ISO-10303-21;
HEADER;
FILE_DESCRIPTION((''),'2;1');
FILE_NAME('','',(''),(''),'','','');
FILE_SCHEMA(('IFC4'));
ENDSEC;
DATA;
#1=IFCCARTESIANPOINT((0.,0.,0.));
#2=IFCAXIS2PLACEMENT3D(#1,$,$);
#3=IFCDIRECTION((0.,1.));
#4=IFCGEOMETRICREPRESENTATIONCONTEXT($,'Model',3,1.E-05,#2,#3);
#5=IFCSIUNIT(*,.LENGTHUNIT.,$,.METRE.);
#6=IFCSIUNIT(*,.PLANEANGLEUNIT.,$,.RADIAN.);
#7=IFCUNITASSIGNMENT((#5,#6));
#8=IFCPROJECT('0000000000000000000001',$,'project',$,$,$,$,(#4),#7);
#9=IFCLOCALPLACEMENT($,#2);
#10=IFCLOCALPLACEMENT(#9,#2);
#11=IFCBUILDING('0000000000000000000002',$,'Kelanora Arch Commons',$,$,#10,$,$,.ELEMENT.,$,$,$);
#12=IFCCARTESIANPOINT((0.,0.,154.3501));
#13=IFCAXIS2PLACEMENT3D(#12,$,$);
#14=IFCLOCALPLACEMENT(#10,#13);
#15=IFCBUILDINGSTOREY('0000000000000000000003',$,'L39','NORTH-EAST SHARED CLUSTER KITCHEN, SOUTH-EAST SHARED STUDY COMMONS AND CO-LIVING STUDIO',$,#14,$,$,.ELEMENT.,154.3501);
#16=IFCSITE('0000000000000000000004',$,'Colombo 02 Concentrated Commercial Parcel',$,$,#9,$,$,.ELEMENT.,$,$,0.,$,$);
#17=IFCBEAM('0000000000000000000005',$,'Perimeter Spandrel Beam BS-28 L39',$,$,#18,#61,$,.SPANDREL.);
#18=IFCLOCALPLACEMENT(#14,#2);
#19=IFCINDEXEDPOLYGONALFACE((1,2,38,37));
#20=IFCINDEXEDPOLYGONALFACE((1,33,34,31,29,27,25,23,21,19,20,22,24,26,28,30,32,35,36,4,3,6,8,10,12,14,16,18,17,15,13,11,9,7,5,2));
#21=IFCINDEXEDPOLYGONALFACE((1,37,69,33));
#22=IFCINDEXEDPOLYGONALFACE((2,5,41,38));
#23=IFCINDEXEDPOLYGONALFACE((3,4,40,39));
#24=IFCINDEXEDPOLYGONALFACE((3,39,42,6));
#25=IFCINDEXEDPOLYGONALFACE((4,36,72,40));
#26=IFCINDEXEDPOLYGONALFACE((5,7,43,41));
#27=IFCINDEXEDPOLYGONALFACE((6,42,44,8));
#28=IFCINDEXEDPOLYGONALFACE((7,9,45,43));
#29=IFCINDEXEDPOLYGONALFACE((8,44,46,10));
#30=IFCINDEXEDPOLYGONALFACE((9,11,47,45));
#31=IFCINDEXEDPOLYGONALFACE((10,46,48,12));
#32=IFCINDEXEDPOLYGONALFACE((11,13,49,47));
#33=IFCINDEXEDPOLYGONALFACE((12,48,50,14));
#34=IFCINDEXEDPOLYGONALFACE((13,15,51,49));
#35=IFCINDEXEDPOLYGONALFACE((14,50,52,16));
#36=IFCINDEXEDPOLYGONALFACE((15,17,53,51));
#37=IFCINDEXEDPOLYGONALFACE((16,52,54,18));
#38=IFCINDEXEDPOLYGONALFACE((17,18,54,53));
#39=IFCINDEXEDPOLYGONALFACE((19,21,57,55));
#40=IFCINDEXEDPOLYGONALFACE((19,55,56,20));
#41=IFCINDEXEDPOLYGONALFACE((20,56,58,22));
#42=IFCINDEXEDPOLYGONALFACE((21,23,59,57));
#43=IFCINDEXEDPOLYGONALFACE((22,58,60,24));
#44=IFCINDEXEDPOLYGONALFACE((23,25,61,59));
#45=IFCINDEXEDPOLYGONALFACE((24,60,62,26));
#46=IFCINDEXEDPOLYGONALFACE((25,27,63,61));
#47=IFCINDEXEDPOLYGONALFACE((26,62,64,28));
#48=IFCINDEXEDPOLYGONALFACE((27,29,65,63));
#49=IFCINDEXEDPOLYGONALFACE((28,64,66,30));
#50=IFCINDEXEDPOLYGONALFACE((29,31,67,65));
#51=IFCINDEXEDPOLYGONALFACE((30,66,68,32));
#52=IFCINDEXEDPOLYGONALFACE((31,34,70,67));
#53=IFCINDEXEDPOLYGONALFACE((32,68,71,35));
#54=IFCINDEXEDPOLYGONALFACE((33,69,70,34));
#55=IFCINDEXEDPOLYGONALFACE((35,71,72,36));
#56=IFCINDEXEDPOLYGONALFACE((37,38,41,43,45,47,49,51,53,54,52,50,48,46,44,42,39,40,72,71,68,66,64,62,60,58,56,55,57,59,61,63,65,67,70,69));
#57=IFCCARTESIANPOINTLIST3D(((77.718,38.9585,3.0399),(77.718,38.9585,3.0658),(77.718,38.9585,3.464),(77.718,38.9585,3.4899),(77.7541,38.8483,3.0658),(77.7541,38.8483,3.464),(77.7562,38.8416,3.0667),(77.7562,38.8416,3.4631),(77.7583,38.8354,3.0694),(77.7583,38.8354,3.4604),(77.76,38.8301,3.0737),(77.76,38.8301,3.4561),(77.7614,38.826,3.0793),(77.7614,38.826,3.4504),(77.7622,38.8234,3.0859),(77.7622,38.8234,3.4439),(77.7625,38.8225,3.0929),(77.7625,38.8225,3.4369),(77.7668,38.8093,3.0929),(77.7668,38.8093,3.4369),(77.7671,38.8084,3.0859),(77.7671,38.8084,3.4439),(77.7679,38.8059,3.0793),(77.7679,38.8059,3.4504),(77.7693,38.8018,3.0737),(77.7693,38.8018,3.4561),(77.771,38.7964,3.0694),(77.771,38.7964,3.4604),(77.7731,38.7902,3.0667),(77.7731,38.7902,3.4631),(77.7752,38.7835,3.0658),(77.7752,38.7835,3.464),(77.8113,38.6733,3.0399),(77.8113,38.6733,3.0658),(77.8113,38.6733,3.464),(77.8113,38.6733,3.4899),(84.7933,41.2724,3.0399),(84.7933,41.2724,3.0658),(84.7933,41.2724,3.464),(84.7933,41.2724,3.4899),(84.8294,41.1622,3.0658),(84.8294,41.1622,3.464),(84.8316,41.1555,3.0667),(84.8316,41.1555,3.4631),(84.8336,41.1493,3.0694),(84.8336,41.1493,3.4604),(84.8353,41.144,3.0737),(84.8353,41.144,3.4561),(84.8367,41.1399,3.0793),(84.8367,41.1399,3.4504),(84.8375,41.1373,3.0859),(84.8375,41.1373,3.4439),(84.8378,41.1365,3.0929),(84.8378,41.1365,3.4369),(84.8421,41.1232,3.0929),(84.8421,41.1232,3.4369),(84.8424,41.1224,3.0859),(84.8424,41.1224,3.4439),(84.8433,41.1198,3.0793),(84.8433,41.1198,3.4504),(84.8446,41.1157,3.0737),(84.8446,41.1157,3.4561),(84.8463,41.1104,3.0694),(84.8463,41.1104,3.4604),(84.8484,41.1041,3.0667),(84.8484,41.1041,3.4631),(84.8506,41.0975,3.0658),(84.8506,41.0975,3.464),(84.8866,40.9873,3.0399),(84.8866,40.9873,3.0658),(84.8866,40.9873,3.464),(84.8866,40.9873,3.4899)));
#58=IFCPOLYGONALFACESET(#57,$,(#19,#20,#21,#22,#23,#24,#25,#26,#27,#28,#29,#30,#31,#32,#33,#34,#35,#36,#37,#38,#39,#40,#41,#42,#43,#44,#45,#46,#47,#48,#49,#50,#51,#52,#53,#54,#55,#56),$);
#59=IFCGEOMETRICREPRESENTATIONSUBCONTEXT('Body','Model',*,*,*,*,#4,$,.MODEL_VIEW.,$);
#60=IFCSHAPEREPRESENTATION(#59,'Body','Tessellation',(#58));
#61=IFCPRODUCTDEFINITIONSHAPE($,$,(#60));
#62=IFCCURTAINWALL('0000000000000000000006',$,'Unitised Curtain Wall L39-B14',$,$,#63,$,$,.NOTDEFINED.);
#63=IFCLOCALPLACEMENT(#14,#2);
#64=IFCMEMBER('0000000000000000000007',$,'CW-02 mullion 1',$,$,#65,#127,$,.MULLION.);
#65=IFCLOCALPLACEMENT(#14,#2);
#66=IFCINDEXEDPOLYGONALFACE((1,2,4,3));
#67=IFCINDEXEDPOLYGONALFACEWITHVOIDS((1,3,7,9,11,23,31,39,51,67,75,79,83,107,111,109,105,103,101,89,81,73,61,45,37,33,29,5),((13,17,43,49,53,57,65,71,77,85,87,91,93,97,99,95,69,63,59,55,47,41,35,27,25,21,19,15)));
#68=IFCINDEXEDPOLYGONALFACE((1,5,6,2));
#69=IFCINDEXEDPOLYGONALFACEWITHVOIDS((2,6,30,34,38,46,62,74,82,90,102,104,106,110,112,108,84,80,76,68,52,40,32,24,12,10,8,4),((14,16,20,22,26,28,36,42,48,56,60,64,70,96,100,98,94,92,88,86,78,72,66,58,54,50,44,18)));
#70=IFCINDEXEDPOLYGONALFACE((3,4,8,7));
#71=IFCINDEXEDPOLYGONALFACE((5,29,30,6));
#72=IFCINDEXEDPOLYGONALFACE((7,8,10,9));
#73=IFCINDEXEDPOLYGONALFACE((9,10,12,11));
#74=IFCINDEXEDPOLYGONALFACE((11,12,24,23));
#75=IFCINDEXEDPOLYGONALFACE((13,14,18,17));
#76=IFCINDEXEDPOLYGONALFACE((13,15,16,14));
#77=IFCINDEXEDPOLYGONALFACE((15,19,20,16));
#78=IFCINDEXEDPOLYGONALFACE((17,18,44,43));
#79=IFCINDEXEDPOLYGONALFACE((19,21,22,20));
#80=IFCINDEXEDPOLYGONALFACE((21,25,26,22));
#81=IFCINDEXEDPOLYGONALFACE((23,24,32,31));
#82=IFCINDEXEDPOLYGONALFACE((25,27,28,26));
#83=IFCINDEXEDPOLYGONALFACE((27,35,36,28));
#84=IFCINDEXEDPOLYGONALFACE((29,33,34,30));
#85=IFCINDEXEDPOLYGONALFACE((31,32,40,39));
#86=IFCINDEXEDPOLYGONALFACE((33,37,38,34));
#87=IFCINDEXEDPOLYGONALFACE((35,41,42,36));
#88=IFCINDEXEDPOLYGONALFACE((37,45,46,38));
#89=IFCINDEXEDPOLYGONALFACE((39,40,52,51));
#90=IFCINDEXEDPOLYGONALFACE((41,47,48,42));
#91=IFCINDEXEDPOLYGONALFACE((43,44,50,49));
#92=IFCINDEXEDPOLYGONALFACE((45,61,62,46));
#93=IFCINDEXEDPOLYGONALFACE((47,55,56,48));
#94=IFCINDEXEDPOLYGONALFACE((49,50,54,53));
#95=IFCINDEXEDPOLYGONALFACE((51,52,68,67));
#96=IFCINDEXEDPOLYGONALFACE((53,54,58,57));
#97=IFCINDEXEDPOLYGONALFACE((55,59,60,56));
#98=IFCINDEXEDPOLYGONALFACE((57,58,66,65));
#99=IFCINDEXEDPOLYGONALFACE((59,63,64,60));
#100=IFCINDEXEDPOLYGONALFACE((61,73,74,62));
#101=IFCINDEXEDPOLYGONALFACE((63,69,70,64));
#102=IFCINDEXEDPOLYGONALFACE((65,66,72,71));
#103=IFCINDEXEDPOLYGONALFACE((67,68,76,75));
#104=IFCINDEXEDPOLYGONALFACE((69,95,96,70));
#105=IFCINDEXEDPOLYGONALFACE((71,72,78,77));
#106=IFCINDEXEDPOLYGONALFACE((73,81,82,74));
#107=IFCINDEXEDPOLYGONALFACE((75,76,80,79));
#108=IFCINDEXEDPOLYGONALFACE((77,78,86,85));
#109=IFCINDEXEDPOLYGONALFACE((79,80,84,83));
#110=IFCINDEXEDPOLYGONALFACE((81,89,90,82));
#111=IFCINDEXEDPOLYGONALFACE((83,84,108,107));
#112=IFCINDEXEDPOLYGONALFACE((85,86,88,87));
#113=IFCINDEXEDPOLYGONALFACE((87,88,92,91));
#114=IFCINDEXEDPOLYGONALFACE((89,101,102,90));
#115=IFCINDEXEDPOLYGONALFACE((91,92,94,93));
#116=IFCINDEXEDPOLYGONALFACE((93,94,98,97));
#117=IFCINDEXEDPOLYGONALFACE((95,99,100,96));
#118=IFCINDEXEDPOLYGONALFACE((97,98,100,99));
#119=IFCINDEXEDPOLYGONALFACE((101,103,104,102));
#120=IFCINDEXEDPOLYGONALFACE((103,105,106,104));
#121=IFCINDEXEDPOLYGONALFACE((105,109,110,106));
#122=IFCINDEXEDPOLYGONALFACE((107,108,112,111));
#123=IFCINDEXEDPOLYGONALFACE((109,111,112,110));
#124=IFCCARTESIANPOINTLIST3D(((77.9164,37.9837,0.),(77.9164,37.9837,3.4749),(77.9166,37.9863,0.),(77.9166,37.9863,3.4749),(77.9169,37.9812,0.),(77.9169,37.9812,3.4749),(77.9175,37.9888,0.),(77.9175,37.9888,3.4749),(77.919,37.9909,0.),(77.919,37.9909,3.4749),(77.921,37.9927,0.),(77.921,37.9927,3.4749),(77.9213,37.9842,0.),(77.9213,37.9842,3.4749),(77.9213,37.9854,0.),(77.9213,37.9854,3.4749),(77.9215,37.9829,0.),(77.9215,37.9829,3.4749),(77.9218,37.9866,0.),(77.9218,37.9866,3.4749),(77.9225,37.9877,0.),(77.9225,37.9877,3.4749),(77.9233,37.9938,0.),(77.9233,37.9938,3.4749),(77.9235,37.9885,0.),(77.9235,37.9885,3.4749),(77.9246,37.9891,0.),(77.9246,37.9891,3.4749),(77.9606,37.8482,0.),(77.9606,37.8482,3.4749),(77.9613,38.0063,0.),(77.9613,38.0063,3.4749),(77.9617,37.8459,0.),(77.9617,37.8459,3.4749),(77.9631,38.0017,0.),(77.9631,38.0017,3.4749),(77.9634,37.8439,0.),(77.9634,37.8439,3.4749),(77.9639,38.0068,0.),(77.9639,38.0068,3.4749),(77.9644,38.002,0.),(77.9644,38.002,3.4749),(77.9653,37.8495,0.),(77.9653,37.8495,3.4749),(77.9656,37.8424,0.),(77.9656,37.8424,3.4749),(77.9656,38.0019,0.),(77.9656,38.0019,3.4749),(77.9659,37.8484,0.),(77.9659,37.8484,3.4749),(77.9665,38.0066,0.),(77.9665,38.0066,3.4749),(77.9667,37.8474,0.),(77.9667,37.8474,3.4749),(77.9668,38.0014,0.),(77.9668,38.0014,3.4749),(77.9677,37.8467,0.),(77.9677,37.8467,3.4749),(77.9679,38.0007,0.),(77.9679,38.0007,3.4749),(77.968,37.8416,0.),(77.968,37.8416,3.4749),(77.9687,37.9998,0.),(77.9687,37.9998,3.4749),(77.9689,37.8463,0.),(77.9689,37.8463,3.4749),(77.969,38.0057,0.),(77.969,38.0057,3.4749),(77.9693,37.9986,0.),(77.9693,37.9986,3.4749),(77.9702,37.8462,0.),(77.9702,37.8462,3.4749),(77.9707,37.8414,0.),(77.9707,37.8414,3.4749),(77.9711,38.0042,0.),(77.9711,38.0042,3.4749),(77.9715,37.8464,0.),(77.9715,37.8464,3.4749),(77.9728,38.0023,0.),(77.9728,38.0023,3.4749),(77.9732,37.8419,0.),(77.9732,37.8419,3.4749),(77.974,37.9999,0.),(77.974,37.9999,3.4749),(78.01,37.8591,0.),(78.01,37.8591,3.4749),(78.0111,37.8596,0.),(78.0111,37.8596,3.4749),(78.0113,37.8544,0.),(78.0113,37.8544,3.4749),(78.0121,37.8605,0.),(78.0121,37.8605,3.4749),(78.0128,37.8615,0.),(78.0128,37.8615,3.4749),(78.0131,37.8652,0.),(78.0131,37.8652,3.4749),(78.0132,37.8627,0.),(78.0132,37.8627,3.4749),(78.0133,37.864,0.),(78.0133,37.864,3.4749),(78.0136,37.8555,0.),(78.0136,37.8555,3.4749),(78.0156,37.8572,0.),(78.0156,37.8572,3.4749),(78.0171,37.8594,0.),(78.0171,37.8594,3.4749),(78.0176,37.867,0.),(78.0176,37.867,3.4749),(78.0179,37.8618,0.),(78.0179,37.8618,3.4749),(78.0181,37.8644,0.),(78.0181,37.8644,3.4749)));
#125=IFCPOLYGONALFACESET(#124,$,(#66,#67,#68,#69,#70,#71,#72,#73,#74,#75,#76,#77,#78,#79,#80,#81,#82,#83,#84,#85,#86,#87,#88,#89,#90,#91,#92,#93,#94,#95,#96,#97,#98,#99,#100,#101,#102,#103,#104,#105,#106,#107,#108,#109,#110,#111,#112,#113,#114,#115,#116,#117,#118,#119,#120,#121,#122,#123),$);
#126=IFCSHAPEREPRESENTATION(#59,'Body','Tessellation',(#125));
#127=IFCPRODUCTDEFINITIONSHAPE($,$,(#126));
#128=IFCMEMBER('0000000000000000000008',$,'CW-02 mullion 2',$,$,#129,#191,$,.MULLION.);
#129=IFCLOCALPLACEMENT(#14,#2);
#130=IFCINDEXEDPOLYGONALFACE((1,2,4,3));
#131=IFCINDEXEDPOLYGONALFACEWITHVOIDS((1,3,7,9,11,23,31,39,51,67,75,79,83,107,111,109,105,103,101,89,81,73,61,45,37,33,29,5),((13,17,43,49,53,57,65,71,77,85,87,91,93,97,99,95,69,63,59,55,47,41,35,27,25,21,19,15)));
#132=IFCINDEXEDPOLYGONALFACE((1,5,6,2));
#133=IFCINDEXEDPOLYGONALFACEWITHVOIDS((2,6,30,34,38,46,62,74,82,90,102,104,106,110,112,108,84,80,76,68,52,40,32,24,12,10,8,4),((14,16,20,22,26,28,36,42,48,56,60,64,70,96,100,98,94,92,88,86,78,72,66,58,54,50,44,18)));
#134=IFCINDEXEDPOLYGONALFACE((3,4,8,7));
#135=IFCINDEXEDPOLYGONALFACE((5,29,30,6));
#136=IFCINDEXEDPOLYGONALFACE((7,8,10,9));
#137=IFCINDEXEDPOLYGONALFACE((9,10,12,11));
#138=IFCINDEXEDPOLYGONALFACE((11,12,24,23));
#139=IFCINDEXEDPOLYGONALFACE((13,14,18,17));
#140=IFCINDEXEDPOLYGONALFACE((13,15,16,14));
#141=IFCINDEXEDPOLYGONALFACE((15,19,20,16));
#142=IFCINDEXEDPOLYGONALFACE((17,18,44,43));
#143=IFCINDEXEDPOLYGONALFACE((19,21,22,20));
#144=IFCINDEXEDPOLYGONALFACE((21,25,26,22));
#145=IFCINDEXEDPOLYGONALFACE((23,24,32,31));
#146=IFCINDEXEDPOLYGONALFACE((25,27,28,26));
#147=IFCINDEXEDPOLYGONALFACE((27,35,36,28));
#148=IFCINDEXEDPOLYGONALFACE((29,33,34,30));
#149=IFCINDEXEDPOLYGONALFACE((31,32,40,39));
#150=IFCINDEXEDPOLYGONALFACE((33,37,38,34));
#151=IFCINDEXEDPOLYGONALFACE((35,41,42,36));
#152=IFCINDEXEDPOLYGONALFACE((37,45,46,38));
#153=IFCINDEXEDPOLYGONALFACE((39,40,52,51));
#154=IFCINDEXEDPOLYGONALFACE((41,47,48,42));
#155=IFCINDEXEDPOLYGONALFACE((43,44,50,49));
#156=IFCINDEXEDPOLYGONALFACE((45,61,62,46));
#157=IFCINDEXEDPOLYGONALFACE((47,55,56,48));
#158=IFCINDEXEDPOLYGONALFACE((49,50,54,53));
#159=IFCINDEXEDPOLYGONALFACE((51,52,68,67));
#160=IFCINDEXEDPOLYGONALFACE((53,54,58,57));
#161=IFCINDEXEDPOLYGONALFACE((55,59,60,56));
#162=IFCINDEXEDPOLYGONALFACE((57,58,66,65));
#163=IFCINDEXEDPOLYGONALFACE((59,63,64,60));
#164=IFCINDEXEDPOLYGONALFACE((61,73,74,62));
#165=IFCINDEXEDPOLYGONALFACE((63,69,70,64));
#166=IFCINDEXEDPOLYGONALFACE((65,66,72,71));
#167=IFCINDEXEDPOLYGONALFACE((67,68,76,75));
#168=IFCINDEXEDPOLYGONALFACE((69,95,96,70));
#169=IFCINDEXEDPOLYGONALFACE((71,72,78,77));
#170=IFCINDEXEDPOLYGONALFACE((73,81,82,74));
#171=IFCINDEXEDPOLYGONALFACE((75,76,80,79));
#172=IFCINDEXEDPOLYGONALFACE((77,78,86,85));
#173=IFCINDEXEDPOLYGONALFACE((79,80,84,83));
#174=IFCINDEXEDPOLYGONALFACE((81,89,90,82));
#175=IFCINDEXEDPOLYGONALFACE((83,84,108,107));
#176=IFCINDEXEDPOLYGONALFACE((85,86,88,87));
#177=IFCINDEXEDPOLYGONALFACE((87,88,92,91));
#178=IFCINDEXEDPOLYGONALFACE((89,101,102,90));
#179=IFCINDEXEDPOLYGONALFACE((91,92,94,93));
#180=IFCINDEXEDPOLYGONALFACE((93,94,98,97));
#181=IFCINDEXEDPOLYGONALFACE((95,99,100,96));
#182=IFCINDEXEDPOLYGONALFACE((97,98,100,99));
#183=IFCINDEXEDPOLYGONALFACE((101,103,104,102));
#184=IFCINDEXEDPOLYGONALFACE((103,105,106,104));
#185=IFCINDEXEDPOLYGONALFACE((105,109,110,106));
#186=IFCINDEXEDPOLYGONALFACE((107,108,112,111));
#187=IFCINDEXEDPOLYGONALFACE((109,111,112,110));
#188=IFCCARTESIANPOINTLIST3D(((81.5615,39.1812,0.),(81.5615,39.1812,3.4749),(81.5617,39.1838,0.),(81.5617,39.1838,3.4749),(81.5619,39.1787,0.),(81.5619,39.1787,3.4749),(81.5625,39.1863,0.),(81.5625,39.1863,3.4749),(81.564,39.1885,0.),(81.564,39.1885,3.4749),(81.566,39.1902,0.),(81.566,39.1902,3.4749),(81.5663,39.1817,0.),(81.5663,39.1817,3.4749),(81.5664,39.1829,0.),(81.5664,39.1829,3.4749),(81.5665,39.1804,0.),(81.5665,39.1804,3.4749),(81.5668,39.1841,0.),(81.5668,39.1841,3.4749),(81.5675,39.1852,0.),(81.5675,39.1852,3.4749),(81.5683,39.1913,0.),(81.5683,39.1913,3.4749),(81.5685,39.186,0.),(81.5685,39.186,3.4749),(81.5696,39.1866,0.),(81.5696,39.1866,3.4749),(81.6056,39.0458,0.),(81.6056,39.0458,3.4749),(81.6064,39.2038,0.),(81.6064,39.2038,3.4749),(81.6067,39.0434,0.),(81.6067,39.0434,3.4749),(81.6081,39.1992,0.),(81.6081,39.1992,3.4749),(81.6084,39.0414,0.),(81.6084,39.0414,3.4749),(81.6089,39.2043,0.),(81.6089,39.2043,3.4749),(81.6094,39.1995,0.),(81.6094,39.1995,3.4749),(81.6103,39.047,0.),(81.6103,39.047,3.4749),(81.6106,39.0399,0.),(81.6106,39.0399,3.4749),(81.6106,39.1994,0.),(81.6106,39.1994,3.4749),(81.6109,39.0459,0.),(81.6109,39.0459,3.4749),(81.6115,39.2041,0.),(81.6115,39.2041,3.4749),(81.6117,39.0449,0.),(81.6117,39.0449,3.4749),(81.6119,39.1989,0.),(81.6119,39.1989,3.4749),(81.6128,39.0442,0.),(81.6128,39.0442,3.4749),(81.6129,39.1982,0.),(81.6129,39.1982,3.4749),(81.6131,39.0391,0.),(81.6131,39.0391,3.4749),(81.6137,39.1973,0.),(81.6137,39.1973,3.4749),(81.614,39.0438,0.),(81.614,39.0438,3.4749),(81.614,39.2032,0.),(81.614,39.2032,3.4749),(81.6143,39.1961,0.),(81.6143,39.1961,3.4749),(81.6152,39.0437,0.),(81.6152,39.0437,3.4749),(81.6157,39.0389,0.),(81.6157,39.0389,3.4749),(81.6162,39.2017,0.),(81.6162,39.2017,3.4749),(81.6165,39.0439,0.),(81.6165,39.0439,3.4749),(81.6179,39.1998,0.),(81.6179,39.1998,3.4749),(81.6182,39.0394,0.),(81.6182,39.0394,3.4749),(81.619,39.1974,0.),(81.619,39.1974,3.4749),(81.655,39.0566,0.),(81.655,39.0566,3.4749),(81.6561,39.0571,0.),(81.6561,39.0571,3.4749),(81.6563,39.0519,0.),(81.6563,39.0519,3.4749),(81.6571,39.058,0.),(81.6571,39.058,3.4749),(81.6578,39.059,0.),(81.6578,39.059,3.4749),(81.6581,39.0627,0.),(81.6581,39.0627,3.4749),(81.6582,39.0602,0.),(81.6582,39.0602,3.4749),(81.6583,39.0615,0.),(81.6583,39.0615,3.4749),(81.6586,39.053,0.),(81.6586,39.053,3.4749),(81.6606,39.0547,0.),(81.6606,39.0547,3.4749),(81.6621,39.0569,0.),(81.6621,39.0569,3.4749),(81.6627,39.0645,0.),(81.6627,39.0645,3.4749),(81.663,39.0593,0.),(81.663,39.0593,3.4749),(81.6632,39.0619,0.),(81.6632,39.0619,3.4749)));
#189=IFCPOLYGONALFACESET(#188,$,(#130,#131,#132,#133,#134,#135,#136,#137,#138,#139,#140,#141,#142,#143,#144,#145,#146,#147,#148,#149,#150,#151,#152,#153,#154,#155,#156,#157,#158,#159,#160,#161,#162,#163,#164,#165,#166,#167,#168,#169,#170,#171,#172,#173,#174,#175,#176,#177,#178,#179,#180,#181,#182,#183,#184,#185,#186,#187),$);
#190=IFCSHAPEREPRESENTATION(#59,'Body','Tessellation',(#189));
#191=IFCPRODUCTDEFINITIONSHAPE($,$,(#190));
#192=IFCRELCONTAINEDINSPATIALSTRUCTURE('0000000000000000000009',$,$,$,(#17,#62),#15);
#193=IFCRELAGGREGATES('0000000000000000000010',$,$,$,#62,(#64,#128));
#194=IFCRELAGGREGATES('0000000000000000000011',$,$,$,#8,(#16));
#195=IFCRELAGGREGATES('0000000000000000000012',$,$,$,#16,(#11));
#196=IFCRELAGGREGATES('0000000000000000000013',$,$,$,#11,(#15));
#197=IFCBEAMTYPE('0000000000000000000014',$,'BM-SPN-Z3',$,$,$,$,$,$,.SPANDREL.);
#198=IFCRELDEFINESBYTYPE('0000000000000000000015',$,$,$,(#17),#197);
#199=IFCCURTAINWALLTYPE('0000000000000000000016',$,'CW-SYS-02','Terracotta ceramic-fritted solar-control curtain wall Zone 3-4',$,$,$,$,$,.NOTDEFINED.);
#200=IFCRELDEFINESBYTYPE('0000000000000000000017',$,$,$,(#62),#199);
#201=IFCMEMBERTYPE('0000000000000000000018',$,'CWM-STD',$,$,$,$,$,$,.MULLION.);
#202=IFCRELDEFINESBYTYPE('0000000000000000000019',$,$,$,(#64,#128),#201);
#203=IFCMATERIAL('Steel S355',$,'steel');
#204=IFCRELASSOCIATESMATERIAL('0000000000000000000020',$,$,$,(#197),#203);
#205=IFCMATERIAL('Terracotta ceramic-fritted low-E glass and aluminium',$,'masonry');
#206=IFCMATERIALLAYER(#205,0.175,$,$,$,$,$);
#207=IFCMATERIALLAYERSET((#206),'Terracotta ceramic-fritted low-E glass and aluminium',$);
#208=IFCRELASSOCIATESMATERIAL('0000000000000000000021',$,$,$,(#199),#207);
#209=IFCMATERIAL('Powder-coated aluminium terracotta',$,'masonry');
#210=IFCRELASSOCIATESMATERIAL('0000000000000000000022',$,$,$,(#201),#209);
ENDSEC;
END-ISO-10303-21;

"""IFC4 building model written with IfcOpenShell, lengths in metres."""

from ifc_helpers import new_model, si_unit, direction, frame, origin, origin_2d, place, context, subcontext, project, spatial, hollow_rectangle, i_section, extrude, material, layer, layer_set, material_profile, profile_set, type_object, element, aggregate, save


model = new_model("IFC4")

# Units and contexts
model_context = context("Model", 3, precision=1e-05, world=origin(), true_north=direction((0.0, 1.0)))
body_context = subcontext(model_context, "Body", "Model", "MODEL_VIEW")
ifc_project = project(units=[si_unit("LENGTHUNIT", "METRE"), si_unit("PLANEANGLEUNIT", "RADIAN")], contexts=[model_context])

# Site, building, storey
site_placement = place(None, origin())
site = spatial("IfcSite", under=ifc_project, at=site_placement, Name="Colombo 02 Concentrated Commercial Parcel", CompositionType="ELEMENT", RefElevation=0.0)
building_placement = place(site_placement, origin())
building = spatial("IfcBuilding", under=site, at=building_placement, Name="Kelanora Arch Commons", CompositionType="ELEMENT")
storey_placement = place(building_placement, frame((0.0, 0.0, 154.3501)))
storey = spatial("IfcBuildingStorey", under=building, at=storey_placement, Name="L39", Description="NORTH-EAST SHARED CLUSTER KITCHEN, SOUTH-EAST SHARED STUDY COMMONS AND CO-LIVING STUDIO", CompositionType="ELEMENT", Elevation=154.3501)

# Beam
ifc_material_1 = material(Name="Steel S355", Category="steel")
ifc_material_profile_1 = material_profile(ifc_material_1, i_section(OverallWidth=0.3, OverallDepth=0.45, WebThickness=0.0139, FlangeThickness=0.0259, FilletRadius=0.0271, at=origin_2d()), Name="HEB450")
ifc_profile_set_1 = profile_set([ifc_material_profile_1], Name="Steel S355")
beam_type_1 = type_object("IfcBeamType", Name="BM-SPN-Z3", PredefinedType="SPANDREL", material=ifc_profile_set_1)
beam_1_placement = place(storey_placement, frame((77.7646, 38.8159, 3.2649), z_axis=(0.950462, 0.310841, 0.0), x_axis=(-0.310841, 0.950462, 0.0)))
element("IfcBeam", 1, at=beam_1_placement, inside=storey, type_object=beam_type_1, Name="Perimeter Spandrel Beam BS-28 L39", PredefinedType="SPANDREL", context=body_context, shape_type="SweptSolid", body=[
    extrude(i_section(OverallWidth=0.3, OverallDepth=0.45, WebThickness=0.0139, FlangeThickness=0.0259, FilletRadius=0.0271, at=origin_2d()), origin(), (0.0, 0.0, 1.0), 7.4441),
])

# Curtain wall, members
ifc_material_2 = material(Name="Terracotta ceramic-fritted low-E glass and aluminium", Category="masonry")
ifc_layer_1 = layer(ifc_material_2, 0.175)
ifc_layer_set_1 = layer_set([ifc_layer_1], Name="Terracotta ceramic-fritted low-E glass and aluminium")
curtain_wall_type = type_object("IfcCurtainWallType", Name="CW-SYS-02", Description="Terracotta ceramic-fritted solar-control curtain wall Zone 3-4", PredefinedType="NOTDEFINED", material=ifc_layer_set_1)
curtain_wall_placement = place(storey_placement, origin())
curtain_wall = element("IfcCurtainWall", 2, at=curtain_wall_placement, inside=storey, type_object=curtain_wall_type, Name="Unitised Curtain Wall L39-B14", PredefinedType="NOTDEFINED")
ifc_material_3 = material(Name="Powder-coated aluminium terracotta", Category="masonry")
ifc_material_profile_2 = material_profile(ifc_material_3, hollow_rectangle(XDim=0.1599, YDim=0.0601, WallThickness=0.0049, InnerFilletRadius=0.0049, OuterFilletRadius=0.01, at=origin_2d()), Name="CWM160x60")
ifc_profile_set_2 = profile_set([ifc_material_profile_2], Name="Powder-coated aluminium terracotta")
member_type_1 = type_object("IfcMemberType", Name="CWM-STD", PredefinedType="MULLION", material=ifc_profile_set_2)
member_1_placement = place(storey_placement, frame((77.9673, 37.9241, 0.0), z_axis=(0.0, 0.0, 1.0), x_axis=(-0.312128, 0.95004, 0.0)))
member_1 = element("IfcMember", 3, at=member_1_placement, type_object=member_type_1, Name="CW-02 mullion 1", PredefinedType="MULLION", context=body_context, shape_type="SweptSolid", body=[
    extrude(hollow_rectangle(XDim=0.1599, YDim=0.0601, WallThickness=0.0049, InnerFilletRadius=0.0049, OuterFilletRadius=0.01, at=origin_2d()), origin(), (0.0, 0.0, 1.0), 3.4749),
])
member_2_placement = place(storey_placement, frame((81.6123, 39.1216, 0.0), z_axis=(0.0, 0.0, 1.0), x_axis=(-0.312128, 0.95004, 0.0)))
member_2 = element("IfcMember", 4, at=member_2_placement, type_object=member_type_1, Name="CW-02 mullion 2", PredefinedType="MULLION", context=body_context, shape_type="SweptSolid", body=[
    extrude(hollow_rectangle(XDim=0.1599, YDim=0.0601, WallThickness=0.0049, InnerFilletRadius=0.0049, OuterFilletRadius=0.01, at=origin_2d()), origin(), (0.0, 0.0, 1.0), 3.4749),
])
aggregate(curtain_wall, [member_1, member_2])

save(model, "model.ifc")
